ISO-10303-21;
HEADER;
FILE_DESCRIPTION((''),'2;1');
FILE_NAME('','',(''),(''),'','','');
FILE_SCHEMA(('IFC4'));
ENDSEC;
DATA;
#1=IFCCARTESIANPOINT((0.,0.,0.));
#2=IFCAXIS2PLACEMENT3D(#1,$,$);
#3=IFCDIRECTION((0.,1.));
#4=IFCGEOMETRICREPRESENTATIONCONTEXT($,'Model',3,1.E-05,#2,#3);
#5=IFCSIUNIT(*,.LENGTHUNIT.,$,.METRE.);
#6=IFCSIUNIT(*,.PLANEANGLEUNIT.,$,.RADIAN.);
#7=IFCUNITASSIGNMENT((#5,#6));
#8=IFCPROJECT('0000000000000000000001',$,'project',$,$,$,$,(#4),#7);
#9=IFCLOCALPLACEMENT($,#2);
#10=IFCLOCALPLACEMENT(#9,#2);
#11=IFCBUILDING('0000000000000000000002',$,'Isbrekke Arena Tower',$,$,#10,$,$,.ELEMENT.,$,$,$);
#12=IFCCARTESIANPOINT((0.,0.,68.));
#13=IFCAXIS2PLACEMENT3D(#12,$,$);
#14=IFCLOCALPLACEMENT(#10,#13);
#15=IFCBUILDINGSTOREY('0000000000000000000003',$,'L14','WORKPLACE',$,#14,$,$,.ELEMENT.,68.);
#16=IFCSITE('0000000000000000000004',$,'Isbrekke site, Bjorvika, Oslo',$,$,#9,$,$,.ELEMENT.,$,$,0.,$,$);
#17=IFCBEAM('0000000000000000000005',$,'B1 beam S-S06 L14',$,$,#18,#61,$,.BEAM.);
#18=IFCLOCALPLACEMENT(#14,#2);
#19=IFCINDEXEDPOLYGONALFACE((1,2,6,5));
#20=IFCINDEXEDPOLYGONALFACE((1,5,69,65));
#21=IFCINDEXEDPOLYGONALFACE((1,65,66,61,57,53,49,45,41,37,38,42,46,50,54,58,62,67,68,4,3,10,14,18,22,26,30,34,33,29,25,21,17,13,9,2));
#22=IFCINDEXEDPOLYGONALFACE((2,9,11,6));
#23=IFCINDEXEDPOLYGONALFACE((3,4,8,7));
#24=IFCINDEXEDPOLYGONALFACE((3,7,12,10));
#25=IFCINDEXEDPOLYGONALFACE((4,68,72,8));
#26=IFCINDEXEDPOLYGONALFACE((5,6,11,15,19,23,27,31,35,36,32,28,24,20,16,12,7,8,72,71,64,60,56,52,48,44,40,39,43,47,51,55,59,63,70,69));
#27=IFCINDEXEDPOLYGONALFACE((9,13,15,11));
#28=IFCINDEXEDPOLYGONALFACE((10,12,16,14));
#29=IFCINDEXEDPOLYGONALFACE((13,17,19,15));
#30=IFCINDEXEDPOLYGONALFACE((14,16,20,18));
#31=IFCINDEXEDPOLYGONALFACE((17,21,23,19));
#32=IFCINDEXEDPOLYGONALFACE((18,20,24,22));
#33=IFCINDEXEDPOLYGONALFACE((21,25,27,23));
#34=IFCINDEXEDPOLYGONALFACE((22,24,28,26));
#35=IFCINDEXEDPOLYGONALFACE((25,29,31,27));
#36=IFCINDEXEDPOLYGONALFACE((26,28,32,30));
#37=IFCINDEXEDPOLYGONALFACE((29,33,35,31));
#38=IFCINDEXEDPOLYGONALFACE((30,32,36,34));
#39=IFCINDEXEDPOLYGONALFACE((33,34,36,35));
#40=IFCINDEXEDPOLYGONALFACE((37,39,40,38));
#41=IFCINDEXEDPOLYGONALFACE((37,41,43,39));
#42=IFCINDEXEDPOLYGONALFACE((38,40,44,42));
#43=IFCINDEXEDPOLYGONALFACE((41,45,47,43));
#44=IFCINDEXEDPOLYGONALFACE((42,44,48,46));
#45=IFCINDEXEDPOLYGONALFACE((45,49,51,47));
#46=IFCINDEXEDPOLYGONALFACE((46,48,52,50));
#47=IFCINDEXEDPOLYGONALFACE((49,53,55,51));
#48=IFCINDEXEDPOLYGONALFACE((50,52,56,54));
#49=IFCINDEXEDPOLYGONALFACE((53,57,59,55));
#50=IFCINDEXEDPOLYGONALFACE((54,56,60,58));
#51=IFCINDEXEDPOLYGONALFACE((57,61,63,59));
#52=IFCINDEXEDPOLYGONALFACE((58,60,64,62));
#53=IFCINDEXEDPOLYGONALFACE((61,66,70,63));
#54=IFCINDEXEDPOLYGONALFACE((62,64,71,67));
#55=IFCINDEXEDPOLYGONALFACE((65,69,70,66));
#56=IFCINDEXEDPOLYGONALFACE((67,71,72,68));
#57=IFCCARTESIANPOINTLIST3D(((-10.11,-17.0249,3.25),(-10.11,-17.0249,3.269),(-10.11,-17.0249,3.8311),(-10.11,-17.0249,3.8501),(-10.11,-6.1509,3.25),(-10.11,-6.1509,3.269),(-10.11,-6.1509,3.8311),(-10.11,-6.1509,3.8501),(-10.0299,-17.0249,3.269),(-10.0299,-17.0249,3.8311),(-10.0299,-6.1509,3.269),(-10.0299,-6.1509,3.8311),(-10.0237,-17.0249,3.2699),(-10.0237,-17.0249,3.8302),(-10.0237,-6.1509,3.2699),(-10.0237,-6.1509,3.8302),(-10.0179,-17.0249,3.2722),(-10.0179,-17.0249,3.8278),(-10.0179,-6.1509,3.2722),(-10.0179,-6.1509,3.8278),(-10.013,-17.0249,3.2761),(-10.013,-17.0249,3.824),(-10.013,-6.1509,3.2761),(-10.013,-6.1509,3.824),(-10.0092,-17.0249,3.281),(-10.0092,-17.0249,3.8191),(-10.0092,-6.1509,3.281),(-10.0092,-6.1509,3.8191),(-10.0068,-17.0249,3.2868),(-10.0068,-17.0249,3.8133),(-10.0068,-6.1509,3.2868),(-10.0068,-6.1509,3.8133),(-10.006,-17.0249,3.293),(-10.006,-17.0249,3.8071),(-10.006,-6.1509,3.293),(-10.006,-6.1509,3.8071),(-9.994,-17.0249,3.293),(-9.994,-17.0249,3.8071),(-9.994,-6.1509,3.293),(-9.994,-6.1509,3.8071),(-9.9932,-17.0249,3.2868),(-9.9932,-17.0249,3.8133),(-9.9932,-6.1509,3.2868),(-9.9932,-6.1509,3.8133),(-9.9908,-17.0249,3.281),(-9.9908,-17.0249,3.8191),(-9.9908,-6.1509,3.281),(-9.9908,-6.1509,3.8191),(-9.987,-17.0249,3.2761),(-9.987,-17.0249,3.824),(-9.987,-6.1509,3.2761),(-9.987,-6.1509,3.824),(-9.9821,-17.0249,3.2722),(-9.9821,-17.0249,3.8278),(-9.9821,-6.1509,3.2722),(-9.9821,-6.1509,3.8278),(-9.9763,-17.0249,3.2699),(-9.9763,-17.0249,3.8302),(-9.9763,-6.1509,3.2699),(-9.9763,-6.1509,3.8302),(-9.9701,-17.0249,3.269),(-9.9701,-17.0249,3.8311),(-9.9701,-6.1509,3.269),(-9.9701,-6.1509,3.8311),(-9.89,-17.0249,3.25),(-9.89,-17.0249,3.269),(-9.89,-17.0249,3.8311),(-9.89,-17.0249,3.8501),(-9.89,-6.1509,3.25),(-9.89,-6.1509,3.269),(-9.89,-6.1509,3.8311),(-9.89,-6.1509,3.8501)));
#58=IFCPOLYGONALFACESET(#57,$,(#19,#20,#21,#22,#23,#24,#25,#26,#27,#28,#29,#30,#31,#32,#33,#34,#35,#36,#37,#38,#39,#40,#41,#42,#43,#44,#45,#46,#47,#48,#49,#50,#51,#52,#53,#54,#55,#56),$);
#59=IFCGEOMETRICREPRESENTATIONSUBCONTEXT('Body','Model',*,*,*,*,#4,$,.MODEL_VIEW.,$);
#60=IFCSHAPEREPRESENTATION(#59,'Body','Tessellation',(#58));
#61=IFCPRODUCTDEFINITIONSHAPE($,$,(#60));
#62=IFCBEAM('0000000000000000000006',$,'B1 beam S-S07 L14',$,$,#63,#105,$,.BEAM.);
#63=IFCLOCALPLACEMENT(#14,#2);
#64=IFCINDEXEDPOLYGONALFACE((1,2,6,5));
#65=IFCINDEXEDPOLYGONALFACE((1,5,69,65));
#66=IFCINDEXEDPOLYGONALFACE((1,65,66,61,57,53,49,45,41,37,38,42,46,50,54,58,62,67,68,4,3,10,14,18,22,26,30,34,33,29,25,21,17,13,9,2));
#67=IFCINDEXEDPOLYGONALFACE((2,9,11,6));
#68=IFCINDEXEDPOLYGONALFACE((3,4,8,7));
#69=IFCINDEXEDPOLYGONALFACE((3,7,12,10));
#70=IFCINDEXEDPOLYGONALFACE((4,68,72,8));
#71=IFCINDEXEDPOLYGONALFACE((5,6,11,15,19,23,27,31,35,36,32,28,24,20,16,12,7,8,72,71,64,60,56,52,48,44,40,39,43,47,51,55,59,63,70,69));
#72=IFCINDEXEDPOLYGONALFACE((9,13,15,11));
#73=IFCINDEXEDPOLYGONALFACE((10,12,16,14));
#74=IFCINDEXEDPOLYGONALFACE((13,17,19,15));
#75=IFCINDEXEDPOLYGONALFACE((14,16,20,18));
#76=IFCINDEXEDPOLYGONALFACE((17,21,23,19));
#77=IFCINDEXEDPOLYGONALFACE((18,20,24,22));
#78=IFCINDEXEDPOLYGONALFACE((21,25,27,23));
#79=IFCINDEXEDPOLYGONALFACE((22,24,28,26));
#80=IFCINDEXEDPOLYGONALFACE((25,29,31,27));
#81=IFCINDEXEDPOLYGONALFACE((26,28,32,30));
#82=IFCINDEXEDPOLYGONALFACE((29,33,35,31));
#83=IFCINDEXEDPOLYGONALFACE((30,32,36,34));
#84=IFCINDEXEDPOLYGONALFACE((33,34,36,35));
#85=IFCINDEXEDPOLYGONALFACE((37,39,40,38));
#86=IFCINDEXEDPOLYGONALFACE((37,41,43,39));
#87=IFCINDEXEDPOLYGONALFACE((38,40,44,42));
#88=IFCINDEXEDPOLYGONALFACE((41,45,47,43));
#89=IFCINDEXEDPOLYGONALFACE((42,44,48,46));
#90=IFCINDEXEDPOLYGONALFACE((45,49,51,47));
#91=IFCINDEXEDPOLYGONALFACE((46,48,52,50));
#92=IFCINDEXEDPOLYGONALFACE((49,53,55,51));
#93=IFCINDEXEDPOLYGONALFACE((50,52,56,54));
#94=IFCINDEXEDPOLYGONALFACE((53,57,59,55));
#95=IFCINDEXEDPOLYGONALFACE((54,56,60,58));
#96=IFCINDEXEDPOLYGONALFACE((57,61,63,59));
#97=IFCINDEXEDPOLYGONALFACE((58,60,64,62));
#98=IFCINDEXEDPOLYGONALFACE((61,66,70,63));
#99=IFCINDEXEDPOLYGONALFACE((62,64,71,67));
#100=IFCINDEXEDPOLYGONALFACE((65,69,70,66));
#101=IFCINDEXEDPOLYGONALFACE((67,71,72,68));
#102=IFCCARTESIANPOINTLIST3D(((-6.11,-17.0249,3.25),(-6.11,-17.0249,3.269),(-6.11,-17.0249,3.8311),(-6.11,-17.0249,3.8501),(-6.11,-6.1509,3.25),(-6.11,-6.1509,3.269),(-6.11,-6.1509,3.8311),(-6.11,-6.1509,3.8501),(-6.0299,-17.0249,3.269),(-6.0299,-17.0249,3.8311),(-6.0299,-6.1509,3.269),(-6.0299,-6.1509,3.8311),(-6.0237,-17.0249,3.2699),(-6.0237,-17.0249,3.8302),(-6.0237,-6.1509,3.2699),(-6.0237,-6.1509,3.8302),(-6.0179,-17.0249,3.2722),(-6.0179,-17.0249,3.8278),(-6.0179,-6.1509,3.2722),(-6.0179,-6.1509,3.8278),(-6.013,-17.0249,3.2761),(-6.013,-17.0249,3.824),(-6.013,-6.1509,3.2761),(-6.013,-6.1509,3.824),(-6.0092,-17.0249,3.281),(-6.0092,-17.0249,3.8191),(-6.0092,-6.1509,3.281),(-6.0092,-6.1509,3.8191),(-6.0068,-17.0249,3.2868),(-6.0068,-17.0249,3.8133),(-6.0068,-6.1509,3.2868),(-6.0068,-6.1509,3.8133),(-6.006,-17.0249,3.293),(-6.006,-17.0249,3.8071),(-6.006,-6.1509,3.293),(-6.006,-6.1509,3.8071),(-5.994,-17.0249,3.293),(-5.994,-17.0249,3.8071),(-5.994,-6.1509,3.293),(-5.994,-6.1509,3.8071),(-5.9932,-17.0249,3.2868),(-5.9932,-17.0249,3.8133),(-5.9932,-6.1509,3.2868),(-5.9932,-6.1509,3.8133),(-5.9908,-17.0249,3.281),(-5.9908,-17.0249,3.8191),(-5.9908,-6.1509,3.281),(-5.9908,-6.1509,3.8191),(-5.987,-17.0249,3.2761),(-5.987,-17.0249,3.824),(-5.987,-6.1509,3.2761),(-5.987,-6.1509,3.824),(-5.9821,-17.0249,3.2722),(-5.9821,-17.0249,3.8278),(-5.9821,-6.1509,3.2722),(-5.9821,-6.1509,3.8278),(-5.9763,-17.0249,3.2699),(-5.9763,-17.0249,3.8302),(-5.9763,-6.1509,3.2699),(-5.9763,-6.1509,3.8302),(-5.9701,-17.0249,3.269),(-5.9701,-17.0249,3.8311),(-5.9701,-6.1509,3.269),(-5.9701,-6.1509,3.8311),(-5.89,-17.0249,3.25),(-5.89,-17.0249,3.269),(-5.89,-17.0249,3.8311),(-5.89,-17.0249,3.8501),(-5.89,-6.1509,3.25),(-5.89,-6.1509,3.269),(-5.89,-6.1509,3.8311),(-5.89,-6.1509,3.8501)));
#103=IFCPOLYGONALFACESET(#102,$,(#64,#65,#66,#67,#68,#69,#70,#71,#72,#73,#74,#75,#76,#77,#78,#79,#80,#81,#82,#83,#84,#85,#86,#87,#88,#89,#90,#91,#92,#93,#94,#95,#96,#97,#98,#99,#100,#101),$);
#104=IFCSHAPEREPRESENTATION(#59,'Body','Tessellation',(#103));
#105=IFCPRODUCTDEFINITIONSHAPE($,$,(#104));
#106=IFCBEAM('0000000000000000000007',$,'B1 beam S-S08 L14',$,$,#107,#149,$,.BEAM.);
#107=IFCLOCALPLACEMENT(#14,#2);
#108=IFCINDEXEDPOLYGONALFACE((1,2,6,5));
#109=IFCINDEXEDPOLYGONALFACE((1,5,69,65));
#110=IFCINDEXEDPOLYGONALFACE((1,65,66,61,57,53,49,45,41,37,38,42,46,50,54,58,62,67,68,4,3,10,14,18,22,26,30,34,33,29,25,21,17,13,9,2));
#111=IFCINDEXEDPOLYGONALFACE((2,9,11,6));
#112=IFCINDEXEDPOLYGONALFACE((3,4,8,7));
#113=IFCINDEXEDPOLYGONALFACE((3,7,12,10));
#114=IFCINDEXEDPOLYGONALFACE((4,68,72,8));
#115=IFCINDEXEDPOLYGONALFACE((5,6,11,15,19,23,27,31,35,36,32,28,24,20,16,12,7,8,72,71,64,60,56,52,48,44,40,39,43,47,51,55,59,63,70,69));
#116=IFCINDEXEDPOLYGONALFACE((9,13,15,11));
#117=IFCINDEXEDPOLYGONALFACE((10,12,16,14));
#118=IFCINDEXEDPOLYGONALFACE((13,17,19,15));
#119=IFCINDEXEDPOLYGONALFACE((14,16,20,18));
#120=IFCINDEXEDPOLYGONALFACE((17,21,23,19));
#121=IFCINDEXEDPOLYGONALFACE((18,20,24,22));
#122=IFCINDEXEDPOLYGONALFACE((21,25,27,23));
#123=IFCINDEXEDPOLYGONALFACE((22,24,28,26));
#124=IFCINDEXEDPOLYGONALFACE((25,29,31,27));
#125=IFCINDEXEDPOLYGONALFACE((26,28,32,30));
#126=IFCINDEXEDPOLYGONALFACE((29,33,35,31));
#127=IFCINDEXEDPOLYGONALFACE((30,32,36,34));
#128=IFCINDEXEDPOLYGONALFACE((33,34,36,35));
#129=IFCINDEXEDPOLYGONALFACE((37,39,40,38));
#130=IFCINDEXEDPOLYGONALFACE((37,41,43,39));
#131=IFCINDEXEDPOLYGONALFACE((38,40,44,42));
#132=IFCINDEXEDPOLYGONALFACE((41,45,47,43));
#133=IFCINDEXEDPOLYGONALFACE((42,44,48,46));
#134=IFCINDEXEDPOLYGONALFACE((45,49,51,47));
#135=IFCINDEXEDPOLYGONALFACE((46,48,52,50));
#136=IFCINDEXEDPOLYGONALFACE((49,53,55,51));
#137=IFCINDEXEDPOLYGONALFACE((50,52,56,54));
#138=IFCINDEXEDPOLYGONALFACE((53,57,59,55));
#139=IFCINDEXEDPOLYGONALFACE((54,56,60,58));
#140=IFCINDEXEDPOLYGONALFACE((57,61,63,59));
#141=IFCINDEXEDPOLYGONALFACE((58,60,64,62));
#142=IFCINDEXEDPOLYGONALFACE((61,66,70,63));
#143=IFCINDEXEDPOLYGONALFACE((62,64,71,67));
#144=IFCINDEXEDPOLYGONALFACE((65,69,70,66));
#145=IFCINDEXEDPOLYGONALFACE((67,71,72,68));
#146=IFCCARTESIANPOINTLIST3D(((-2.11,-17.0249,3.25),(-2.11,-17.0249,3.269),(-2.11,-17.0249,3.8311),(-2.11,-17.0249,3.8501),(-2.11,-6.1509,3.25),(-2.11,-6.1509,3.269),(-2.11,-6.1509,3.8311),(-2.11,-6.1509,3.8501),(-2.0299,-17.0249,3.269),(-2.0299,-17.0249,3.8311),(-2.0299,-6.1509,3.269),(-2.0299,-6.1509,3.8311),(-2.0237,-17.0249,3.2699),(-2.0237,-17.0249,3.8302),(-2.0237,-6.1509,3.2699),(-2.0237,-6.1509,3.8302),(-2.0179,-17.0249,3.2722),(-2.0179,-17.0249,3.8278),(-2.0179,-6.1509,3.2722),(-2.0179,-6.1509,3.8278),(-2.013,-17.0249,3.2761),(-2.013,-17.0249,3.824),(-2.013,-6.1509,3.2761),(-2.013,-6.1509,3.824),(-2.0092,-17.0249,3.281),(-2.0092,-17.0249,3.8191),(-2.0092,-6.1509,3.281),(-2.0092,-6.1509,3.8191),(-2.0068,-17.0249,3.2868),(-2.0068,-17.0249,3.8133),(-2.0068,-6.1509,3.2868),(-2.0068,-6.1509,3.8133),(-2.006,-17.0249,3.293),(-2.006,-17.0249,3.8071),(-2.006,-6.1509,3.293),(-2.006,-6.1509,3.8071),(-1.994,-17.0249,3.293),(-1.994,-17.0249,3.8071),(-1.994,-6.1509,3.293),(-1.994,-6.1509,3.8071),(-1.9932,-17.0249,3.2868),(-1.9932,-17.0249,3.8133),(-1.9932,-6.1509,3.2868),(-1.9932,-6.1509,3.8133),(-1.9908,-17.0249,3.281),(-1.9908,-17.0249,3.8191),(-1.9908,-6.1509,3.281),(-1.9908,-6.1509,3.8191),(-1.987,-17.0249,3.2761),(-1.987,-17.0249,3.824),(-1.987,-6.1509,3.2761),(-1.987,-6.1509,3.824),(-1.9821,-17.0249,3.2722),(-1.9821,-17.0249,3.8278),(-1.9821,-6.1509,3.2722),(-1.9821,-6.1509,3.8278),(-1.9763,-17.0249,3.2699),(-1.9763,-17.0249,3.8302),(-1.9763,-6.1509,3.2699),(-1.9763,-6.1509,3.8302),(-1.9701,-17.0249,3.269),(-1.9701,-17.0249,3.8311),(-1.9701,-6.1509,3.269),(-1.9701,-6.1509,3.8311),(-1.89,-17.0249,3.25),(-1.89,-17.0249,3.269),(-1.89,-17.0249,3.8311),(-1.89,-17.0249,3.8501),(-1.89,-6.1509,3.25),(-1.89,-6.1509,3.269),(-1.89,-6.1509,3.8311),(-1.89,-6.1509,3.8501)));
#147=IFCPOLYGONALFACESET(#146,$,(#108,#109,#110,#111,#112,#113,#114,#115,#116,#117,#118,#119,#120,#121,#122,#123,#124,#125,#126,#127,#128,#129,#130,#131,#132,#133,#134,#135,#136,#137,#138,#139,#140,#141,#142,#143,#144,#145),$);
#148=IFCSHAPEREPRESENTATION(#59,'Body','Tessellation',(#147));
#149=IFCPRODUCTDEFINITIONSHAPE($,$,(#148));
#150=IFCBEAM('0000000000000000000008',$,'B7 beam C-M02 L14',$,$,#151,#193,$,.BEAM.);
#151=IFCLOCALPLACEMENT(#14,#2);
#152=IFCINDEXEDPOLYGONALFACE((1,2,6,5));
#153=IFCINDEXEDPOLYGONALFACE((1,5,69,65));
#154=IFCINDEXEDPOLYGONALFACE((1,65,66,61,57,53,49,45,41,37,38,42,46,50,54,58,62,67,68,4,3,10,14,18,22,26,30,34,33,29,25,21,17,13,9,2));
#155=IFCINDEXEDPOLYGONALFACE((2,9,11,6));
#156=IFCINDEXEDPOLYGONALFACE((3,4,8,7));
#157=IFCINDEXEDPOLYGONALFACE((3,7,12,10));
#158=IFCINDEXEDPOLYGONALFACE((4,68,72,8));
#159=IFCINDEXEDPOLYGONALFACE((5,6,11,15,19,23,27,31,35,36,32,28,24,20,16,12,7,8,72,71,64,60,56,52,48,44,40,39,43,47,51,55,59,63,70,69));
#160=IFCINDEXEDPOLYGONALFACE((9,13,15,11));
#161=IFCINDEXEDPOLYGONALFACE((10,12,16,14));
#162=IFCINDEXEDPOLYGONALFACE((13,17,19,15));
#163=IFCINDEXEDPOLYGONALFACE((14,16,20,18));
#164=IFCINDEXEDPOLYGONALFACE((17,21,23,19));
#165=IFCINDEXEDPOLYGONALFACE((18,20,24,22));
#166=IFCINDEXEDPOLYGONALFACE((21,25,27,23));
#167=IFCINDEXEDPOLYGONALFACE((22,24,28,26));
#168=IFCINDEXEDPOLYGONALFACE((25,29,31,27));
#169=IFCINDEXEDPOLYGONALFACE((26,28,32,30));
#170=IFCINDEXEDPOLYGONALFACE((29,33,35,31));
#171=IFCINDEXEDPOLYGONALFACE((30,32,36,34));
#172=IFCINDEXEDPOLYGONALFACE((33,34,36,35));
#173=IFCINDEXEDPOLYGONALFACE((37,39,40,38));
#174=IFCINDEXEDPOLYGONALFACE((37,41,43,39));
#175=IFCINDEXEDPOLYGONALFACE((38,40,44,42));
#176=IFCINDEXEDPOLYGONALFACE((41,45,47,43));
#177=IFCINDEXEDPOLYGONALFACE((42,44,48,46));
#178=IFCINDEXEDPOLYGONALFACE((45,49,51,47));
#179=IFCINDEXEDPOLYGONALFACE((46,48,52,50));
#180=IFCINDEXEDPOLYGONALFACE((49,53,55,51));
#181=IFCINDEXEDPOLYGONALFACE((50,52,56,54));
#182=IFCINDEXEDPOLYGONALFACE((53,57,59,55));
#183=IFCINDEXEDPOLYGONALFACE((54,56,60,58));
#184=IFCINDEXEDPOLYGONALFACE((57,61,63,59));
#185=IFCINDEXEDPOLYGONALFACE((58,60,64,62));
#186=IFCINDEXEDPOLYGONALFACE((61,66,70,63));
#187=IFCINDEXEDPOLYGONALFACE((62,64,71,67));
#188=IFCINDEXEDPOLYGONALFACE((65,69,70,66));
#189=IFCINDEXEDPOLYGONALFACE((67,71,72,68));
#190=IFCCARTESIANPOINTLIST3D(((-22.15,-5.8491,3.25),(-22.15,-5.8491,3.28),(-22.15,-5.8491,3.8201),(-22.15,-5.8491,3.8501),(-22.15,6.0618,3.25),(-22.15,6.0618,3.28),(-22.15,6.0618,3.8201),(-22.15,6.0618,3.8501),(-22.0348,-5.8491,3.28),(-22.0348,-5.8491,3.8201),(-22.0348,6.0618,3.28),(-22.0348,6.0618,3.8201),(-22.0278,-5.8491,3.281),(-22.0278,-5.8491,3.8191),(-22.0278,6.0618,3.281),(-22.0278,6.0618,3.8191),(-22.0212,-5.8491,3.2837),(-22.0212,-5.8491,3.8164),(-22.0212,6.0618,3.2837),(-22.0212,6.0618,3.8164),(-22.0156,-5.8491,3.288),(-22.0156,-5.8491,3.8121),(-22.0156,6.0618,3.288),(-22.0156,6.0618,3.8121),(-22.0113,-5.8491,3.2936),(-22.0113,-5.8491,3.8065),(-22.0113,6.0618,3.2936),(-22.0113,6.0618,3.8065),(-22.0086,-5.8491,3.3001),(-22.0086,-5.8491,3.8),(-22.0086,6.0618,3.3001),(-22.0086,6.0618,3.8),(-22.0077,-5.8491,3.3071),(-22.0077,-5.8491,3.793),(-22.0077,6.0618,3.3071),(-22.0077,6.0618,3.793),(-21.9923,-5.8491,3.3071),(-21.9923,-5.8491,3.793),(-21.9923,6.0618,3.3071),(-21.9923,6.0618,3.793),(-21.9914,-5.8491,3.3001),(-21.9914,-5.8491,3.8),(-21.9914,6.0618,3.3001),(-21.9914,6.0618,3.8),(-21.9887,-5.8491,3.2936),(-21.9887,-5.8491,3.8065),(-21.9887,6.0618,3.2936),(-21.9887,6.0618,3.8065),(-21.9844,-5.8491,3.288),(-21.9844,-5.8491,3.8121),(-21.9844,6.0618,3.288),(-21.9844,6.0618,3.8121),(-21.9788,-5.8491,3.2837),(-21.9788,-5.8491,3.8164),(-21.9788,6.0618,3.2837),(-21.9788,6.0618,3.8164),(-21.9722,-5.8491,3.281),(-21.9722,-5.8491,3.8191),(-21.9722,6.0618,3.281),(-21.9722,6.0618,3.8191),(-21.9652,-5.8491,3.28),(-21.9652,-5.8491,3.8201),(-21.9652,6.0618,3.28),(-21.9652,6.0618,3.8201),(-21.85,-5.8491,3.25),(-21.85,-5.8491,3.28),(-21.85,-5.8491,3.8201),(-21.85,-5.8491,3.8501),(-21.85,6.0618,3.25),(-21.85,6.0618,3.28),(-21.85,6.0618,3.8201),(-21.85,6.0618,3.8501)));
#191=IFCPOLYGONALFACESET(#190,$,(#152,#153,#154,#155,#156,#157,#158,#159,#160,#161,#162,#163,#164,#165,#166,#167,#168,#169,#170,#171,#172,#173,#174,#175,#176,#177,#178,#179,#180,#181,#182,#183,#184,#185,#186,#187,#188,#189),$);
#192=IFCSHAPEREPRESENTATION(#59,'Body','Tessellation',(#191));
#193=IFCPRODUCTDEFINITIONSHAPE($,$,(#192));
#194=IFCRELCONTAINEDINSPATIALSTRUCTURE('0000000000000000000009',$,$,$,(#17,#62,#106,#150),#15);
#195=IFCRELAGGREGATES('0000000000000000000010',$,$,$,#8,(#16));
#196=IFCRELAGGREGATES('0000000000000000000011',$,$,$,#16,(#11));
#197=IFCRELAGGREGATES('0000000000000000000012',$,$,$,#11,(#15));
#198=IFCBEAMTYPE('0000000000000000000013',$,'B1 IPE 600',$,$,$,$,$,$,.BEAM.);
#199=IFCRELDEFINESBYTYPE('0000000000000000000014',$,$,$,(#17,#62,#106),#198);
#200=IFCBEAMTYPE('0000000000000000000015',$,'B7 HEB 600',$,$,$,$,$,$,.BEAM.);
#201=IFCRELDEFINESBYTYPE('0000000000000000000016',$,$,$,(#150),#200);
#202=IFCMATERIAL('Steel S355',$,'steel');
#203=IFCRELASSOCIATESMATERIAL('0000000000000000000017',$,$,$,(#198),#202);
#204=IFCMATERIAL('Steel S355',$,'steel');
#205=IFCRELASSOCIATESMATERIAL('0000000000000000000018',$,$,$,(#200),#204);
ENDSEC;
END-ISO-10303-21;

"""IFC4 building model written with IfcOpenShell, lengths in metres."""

from ifc_helpers import new_model, si_unit, direction, frame, origin, origin_2d, place, context, subcontext, project, spatial, i_section, extrude, material, material_profile, profile_set, type_object, element, save


model = new_model("IFC4")

# Units and contexts
model_context = context("Model", 3, precision=1e-05, world=origin(), true_north=direction((0.0, 1.0)))
body_context = subcontext(model_context, "Body", "Model", "MODEL_VIEW")
ifc_project = project(units=[si_unit("LENGTHUNIT", "METRE"), si_unit("PLANEANGLEUNIT", "RADIAN")], contexts=[model_context])

# Site, building, storey
site_placement = place(None, origin())
site = spatial("IfcSite", under=ifc_project, at=site_placement, Name="Isbrekke site, Bjorvika, Oslo", CompositionType="ELEMENT", RefElevation=0.0)
building_placement = place(site_placement, origin())
building = spatial("IfcBuilding", under=site, at=building_placement, Name="Isbrekke Arena Tower", CompositionType="ELEMENT")
storey_placement = place(building_placement, frame((0.0, 0.0, 68.0)))
storey = spatial("IfcBuildingStorey", under=building, at=storey_placement, Name="L14", Description="WORKPLACE", CompositionType="ELEMENT", Elevation=68.0)

# Beams
ifc_material_1 = material(Name="Steel S355", Category="steel")
ifc_material_profile_1 = material_profile(ifc_material_1, i_section(OverallWidth=0.22, OverallDepth=0.6001, WebThickness=0.012, FlangeThickness=0.019, FilletRadius=0.0239, at=origin_2d()), Name="IPE 600")
ifc_profile_set_1 = profile_set([ifc_material_profile_1], Name="Steel S355")
beam_type_1 = type_object("IfcBeamType", Name="B1 IPE 600", PredefinedType="BEAM", material=ifc_profile_set_1)
for number, where, z_axis, x_axis, name in (
    (1, (-10.0, -17.0249, 3.55), (0.0, 1.0, 0.0), (-1.0, 0.0, 0.0), "B1 beam S-S06 L14"),
    (2, (-6.0, -17.0249, 3.55), (0.0, 1.0, 0.0), (-1.0, 0.0, 0.0), "B1 beam S-S07 L14"),
    (3, (-2.0, -17.0249, 3.55), (0.0, 1.0, 0.0), (-1.0, 0.0, 0.0), "B1 beam S-S08 L14"),
):
    element("IfcBeam", number, at=place(storey_placement, frame(where, z_axis=z_axis, x_axis=x_axis)), inside=storey, type_object=beam_type_1, Name=name, PredefinedType="BEAM", context=body_context, shape_type="SweptSolid", body=[
        extrude(i_section(OverallWidth=0.22, OverallDepth=0.6001, WebThickness=0.012, FlangeThickness=0.019, FilletRadius=0.0239, at=origin_2d()), origin(), (0.0, 0.0, 1.0), 10.874),
    ])
ifc_material_2 = material(Name="Steel S355", Category="steel")
ifc_material_profile_2 = material_profile(ifc_material_2, i_section(OverallWidth=0.3, OverallDepth=0.6001, WebThickness=0.0154, FlangeThickness=0.03, FilletRadius=0.0271, at=origin_2d()), Name="HEB 600")
ifc_profile_set_2 = profile_set([ifc_material_profile_2], Name="Steel S355")
beam_type_2 = type_object("IfcBeamType", Name="B7 HEB 600", PredefinedType="BEAM", material=ifc_profile_set_2)
beam_1_placement = place(storey_placement, frame((-22.0, -5.8491, 3.55), z_axis=(0.0, 1.0, 0.0), x_axis=(-1.0, 0.0, 0.0)))
element("IfcBeam", 4, at=beam_1_placement, inside=storey, type_object=beam_type_2, Name="B7 beam C-M02 L14", PredefinedType="BEAM", context=body_context, shape_type="SweptSolid", body=[
    extrude(i_section(OverallWidth=0.3, OverallDepth=0.6001, WebThickness=0.0154, FlangeThickness=0.03, FilletRadius=0.0271, at=origin_2d()), origin(), (0.0, 0.0, 1.0), 11.9109),
])

save(model, "model.ifc")
